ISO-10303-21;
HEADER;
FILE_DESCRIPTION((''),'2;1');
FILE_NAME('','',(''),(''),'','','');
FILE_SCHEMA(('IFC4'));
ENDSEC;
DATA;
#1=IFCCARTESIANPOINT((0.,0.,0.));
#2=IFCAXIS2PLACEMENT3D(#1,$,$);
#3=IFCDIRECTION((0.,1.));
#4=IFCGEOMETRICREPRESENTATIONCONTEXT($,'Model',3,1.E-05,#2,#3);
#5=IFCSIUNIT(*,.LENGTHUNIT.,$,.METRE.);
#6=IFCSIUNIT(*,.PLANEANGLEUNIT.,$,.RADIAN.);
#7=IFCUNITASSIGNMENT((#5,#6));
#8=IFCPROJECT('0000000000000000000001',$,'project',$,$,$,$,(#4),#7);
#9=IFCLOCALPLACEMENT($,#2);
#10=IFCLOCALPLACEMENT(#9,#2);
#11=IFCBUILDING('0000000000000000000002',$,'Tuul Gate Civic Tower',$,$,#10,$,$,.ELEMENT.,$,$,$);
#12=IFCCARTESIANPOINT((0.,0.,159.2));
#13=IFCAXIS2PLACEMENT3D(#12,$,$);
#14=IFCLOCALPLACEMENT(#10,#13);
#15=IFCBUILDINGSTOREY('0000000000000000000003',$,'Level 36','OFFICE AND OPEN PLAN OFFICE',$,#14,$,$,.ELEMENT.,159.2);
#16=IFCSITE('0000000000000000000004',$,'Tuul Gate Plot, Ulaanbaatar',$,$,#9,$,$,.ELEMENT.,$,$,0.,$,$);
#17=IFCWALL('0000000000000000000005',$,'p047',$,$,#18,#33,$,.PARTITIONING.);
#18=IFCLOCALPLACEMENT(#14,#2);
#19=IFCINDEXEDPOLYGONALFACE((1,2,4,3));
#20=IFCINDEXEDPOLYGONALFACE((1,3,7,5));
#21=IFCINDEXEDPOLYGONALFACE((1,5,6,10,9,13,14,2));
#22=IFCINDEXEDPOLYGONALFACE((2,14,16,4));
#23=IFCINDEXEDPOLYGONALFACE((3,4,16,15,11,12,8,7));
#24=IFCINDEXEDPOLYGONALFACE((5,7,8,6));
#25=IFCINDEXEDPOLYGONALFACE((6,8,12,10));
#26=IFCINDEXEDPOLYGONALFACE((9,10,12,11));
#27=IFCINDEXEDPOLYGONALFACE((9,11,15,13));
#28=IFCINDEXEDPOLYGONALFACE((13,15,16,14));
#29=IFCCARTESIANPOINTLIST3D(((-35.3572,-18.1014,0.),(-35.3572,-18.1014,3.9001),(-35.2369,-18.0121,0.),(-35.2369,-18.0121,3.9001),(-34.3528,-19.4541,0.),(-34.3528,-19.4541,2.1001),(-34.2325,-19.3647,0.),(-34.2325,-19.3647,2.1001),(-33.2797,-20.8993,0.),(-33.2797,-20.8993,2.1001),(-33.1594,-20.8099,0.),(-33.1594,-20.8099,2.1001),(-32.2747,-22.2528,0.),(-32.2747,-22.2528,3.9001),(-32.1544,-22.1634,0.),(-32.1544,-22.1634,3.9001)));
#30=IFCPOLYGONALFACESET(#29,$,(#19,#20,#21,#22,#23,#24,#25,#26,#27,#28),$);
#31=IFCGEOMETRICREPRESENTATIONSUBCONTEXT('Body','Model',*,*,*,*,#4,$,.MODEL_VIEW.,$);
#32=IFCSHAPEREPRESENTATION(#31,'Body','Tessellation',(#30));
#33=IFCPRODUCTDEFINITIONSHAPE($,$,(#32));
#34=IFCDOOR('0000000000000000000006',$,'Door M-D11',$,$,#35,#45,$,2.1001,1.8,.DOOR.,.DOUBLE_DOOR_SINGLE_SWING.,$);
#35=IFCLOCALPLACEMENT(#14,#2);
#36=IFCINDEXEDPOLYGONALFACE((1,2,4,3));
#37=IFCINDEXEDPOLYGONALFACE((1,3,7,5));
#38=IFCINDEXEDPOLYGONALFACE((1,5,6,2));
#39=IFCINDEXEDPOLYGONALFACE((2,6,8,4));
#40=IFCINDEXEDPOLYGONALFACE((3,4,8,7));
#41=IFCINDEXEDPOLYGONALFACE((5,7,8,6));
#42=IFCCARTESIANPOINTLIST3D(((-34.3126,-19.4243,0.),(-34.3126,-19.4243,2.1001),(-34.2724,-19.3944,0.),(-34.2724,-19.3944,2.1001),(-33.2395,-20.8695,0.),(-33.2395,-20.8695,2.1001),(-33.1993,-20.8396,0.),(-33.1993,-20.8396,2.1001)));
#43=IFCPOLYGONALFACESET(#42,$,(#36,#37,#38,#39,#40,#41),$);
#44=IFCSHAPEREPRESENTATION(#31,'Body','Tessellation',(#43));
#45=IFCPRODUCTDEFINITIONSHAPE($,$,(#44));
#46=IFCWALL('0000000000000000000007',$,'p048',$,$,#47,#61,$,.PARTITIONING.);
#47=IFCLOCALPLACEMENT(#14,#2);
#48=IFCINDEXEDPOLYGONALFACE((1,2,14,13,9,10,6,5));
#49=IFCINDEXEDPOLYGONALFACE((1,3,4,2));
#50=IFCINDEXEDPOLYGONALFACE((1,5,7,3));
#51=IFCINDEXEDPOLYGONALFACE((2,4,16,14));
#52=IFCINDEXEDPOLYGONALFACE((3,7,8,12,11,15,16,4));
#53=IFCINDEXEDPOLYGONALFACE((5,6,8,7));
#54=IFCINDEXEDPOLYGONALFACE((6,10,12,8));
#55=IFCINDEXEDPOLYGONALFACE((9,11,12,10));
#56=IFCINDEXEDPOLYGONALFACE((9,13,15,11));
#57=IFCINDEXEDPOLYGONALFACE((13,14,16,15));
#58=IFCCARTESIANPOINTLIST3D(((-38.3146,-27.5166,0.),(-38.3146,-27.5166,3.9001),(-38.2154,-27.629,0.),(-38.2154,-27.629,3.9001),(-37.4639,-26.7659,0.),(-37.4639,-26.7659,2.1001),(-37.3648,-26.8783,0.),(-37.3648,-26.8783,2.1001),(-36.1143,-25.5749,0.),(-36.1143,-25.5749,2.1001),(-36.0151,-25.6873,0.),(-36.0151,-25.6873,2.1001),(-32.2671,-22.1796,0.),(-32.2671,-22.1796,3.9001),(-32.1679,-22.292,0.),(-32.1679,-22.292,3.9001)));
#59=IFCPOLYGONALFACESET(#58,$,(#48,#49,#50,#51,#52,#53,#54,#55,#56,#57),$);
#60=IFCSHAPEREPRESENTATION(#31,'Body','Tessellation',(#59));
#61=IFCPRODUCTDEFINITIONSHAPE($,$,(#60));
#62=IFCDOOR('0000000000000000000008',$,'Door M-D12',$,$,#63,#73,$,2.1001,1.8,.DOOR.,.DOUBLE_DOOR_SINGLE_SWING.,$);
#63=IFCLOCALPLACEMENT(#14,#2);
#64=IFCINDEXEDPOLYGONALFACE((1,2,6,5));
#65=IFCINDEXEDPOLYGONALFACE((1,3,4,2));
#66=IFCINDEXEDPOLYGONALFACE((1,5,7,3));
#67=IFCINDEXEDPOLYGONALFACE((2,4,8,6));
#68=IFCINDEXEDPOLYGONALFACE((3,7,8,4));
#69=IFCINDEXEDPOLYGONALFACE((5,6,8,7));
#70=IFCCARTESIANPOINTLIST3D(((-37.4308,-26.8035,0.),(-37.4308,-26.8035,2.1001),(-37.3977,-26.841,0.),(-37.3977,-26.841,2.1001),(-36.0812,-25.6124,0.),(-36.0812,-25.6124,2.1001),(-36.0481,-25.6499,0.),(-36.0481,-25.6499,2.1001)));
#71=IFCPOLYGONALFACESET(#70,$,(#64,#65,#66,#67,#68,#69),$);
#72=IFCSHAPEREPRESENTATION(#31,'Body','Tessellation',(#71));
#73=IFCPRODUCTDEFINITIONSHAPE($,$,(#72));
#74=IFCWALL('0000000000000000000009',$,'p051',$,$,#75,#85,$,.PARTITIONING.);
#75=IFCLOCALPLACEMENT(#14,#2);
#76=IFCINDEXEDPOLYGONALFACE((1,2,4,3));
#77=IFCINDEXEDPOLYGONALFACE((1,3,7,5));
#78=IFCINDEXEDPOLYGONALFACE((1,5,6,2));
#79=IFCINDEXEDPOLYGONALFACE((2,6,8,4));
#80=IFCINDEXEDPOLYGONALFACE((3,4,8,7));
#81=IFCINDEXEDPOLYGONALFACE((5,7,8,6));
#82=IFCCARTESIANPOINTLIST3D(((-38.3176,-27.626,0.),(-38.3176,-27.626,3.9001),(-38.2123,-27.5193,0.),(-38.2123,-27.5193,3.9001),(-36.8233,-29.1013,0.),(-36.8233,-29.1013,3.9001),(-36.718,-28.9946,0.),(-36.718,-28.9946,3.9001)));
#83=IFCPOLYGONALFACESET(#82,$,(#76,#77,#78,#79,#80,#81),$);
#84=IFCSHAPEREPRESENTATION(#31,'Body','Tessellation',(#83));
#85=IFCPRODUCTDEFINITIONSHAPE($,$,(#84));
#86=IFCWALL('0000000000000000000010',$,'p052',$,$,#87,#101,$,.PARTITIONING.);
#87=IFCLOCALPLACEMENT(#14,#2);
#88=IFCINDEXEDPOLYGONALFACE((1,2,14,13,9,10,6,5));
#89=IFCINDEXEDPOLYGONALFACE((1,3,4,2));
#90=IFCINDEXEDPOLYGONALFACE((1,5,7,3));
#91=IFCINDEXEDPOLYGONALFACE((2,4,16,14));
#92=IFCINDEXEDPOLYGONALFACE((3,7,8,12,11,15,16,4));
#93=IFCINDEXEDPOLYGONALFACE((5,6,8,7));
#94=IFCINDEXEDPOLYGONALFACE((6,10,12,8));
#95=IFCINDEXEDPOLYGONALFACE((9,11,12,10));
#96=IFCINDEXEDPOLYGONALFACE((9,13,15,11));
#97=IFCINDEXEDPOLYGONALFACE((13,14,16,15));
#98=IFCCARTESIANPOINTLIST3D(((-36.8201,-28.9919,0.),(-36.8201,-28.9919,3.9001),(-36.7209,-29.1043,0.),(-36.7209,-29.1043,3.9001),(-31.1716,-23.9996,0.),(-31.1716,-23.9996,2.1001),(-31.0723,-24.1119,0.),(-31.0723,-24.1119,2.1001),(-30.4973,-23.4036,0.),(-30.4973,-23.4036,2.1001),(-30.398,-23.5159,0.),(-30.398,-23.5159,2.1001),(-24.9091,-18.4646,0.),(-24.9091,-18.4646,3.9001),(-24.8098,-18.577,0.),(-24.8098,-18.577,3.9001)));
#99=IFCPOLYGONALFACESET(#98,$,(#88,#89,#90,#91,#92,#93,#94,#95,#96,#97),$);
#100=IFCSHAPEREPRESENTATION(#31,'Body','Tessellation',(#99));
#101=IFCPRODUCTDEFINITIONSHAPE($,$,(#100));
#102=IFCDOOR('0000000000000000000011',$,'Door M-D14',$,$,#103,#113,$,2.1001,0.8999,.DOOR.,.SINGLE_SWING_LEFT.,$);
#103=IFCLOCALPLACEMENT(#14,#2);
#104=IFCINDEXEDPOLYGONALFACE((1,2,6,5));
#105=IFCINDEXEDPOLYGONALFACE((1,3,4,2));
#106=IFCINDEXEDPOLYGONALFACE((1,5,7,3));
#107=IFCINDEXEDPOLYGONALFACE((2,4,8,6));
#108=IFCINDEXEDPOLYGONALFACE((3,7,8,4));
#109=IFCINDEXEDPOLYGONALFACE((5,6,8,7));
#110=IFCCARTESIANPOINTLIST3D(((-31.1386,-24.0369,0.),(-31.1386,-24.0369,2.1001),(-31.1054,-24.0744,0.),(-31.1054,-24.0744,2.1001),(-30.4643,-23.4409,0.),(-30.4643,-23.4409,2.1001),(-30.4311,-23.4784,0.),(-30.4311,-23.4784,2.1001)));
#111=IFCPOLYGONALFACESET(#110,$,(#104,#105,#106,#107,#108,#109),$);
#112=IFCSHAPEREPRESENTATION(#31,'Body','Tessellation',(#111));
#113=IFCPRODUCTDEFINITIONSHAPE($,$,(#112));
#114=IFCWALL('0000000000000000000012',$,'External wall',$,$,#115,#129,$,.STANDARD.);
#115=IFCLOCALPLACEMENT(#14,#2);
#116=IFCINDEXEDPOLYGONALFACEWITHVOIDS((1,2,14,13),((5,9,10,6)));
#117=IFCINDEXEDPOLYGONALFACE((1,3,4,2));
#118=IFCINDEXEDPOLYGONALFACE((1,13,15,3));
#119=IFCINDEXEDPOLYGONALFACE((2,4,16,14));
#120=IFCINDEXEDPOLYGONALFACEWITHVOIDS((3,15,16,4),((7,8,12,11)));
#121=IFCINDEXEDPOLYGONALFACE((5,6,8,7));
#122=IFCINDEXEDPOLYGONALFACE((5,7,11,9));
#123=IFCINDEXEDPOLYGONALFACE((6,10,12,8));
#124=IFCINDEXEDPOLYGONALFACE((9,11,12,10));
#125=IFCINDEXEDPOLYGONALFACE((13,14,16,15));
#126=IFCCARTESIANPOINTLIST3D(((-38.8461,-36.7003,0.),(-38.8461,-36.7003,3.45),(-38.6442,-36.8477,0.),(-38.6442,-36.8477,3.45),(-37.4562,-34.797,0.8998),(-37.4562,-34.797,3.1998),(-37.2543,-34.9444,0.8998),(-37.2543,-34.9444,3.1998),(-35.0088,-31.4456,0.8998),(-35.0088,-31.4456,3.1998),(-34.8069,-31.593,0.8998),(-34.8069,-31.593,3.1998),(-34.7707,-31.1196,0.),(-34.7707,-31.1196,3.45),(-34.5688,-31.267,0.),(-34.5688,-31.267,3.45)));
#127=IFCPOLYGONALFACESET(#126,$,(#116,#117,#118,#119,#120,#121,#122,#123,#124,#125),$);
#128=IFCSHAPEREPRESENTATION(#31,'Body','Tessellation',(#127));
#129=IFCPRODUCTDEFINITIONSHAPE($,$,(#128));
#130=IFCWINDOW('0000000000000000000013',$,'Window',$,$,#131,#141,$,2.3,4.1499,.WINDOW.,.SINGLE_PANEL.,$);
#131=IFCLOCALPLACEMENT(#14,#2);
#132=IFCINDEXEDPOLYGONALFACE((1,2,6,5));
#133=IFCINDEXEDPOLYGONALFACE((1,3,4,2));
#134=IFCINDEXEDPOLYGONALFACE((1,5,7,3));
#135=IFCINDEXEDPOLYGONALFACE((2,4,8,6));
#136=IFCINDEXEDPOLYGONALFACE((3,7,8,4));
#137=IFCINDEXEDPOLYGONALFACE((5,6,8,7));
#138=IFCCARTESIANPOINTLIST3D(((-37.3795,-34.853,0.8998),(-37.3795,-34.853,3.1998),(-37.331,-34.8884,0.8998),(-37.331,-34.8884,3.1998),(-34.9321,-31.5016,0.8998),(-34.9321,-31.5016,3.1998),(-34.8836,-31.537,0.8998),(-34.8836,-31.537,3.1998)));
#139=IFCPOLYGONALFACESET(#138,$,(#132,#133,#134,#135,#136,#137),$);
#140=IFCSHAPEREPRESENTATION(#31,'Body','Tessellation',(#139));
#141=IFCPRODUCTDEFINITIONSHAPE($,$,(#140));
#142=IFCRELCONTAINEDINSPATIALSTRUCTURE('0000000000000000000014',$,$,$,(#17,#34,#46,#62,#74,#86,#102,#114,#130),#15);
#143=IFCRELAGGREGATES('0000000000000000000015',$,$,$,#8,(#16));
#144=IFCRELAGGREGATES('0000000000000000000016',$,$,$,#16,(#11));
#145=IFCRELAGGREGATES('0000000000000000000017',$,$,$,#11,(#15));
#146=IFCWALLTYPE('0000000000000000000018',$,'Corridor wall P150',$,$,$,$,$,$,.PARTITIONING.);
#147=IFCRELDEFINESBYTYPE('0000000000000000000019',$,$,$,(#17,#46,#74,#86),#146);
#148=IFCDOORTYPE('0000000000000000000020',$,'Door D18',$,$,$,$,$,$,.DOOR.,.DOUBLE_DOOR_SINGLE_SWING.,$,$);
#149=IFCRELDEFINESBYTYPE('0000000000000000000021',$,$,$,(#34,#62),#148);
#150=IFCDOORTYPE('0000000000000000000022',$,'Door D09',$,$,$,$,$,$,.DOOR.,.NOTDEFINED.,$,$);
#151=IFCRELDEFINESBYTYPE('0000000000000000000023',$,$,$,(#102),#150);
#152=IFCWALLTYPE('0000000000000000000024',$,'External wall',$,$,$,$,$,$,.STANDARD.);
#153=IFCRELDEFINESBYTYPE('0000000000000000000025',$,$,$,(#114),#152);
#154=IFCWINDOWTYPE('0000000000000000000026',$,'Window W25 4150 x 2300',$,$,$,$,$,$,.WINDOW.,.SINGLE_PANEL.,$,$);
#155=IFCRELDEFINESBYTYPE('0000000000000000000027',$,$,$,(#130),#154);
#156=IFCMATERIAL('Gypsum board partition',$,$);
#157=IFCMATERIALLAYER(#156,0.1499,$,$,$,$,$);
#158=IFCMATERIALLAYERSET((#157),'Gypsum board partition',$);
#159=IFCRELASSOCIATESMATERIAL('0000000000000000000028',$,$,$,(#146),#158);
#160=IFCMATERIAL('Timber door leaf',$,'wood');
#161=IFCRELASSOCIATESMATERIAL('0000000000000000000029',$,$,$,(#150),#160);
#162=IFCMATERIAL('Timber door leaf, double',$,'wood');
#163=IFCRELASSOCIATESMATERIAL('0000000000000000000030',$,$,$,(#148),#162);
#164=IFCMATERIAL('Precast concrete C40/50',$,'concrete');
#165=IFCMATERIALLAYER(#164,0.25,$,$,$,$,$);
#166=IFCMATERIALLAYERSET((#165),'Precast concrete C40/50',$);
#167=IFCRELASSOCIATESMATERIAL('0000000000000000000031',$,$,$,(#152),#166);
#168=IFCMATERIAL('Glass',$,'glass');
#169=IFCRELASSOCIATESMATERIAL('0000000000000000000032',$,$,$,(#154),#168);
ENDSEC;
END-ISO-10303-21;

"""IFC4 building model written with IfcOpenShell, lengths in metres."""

from ifc_helpers import new_model, si_unit, direction, frame, frame_2d, origin, place, context, subcontext, project, spatial, rectangle, extrude, material, layer, layer_set, type_object, element, fill, save


model = new_model("IFC4")

# Units and contexts
model_context = context("Model", 3, precision=1e-05, world=origin(), true_north=direction((0.0, 1.0)))
body_context = subcontext(model_context, "Body", "Model", "MODEL_VIEW")
ifc_project = project(units=[si_unit("LENGTHUNIT", "METRE"), si_unit("PLANEANGLEUNIT", "RADIAN")], contexts=[model_context])

# Site, building, storey
site_placement = place(None, origin())
site = spatial("IfcSite", under=ifc_project, at=site_placement, Name="Tuul Gate Plot, Ulaanbaatar", CompositionType="ELEMENT", RefElevation=0.0)
building_placement = place(site_placement, origin())
building = spatial("IfcBuilding", under=site, at=building_placement, Name="Tuul Gate Civic Tower", CompositionType="ELEMENT")
storey_placement = place(building_placement, frame((0.0, 0.0, 159.2)))
storey = spatial("IfcBuildingStorey", under=building, at=storey_placement, Name="Level 36", Description="OFFICE AND OPEN PLAN OFFICE", CompositionType="ELEMENT", Elevation=159.2)

# Shared definitions
ifc_material_1 = material(Name="Gypsum board partition")
ifc_layer_1 = layer(ifc_material_1, 0.1499)
ifc_layer_set_1 = layer_set([ifc_layer_1], Name="Gypsum board partition")
wall_type_1 = type_object("IfcWallType", Name="Corridor wall P150", PredefinedType="PARTITIONING", material=ifc_layer_set_1)
ifc_material_2 = material(Name="Timber door leaf", Category="wood")
door_type_1 = type_object("IfcDoorType", Name="Door D09", OperationType="NOTDEFINED", PredefinedType="DOOR", material=ifc_material_2)

# Walls, openings, doors
wall_1_placement = place(storey_placement, frame((-35.2971, -18.0566, 0.0), z_axis=(0.0, 0.0, 1.0), x_axis=(0.596155, -0.802869, 0.0)))
wall_1 = element("IfcWall", 1, at=wall_1_placement, inside=storey, type_object=wall_type_1, Name="p047", PredefinedType="PARTITIONING", context=body_context, shape_type="SweptSolid", body=[
    extrude(rectangle(XDim=5.1707, YDim=0.1499, at=frame_2d((2.5854, 0.0))), origin(), (0.0, 0.0, 1.0), 3.9001),
])
opening_1_placement = place(wall_1_placement, frame((1.6851, 0.0, 0.0)))
opening_1 = element("IfcOpeningElement", 2, at=opening_1_placement, cuts=wall_1, PredefinedType="OPENING", context=body_context, shape_type="SweptSolid", body=[
    extrude(rectangle(XDim=1.8, YDim=2.1001, at=frame_2d((0.8999, 1.05))), frame((0.0, 0.085, 0.0), z_axis=(0.0, -1.0, 0.0), x_axis=(1.0, 0.0, 0.0)), (0.0, 0.0, 1.0), 0.1699),
])
ifc_material_3 = material(Name="Timber door leaf, double", Category="wood")
door_type_2 = type_object("IfcDoorType", Name="Door D18", OperationType="DOUBLE_DOOR_SINGLE_SWING", PredefinedType="DOOR", material=ifc_material_3)
door_1_placement = place(opening_1_placement, frame((1.8, 0.0, 0.0), z_axis=(0.0, 0.0, 1.0), x_axis=(-1.0, 0.0, 0.0)))
door_1 = element("IfcDoor", 3, at=door_1_placement, inside=storey, type_object=door_type_2, Name="Door M-D11", OperationType="DOUBLE_DOOR_SINGLE_SWING", OverallHeight=2.1001, OverallWidth=1.8, PredefinedType="DOOR", context=body_context, shape_type="SweptSolid", body=[
    extrude(rectangle(XDim=1.8, YDim=2.1001, at=frame_2d((0.9001, 1.05))), frame((0.0, 0.0249, 0.0), z_axis=(0.0, -1.0, 0.0), x_axis=(1.0, 0.0, 0.0)), (0.0, 0.0, 1.0), 0.05),
])
fill(opening_1, door_1)
wall_2_placement = place(storey_placement, frame((-38.2649, -27.5728, 0.0), z_axis=(0.0, 0.0, 1.0), x_axis=(0.749776, 0.661692, 0.0)))
wall_2 = element("IfcWall", 4, at=wall_2_placement, inside=storey, type_object=wall_type_1, Name="p048", PredefinedType="PARTITIONING", context=body_context, shape_type="SweptSolid", body=[
    extrude(rectangle(XDim=8.0657, YDim=0.1499, at=frame_2d((4.0327, 0.0))), origin(), (0.0, 0.0, 1.0), 3.9001),
])
opening_2_placement = place(wall_2_placement, frame((1.1345, 0.0, 0.0)))
opening_2 = element("IfcOpeningElement", 5, at=opening_2_placement, cuts=wall_2, PredefinedType="OPENING", context=body_context, shape_type="SweptSolid", body=[
    extrude(rectangle(XDim=1.8, YDim=2.1001, at=frame_2d((0.8999, 1.05))), frame((0.0, 0.085, 0.0), z_axis=(0.0, -1.0, 0.0), x_axis=(1.0, 0.0, 0.0)), (0.0, 0.0, 1.0), 0.1699),
])
door_2_placement = place(opening_2_placement, origin())
door_2 = element("IfcDoor", 6, at=door_2_placement, inside=storey, type_object=door_type_2, Name="Door M-D12", OperationType="DOUBLE_DOOR_SINGLE_SWING", OverallHeight=2.1001, OverallWidth=1.8, PredefinedType="DOOR", context=body_context, shape_type="SweptSolid", body=[
    extrude(rectangle(XDim=1.8, YDim=2.1001, at=frame_2d((0.8999, 1.05))), frame((0.0, 0.0249, 0.0), z_axis=(0.0, -1.0, 0.0), x_axis=(1.0, 0.0, 0.0)), (0.0, 0.0, 1.0), 0.05),
])
fill(opening_2, door_2)

# Wall
wall_3_placement = place(storey_placement, frame((-38.2649, -27.5728, 0.0), z_axis=(0.0, 0.0, 1.0), x_axis=(0.711626, -0.702558, 0.0)))
element("IfcWall", 7, at=wall_3_placement, inside=storey, type_object=wall_type_1, Name="p051", PredefinedType="PARTITIONING", context=body_context, shape_type="SweptSolid", body=[
    extrude(rectangle(XDim=2.0999, YDim=0.1499, at=frame_2d((1.0498, 0.0))), origin(), (0.0, 0.0, 1.0), 3.9001),
])

# Wall, opening, door
wall_4_placement = place(storey_placement, frame((-36.7705, -29.0481, 0.0), z_axis=(0.0, 0.0, 1.0), x_axis=(0.749291, 0.662241, 0.0)))
wall_4 = element("IfcWall", 8, at=wall_4_placement, inside=storey, type_object=wall_type_1, Name="p052", PredefinedType="PARTITIONING", context=body_context, shape_type="SweptSolid", body=[
    extrude(rectangle(XDim=15.8965, YDim=0.1499, at=frame_2d((7.9482, 0.0))), origin(), (0.0, 0.0, 1.0), 3.9001),
])
opening_3_placement = place(wall_4_placement, frame((7.5386, 0.0, 0.0)))
opening_3 = element("IfcOpeningElement", 9, at=opening_3_placement, cuts=wall_4, PredefinedType="OPENING", context=body_context, shape_type="SweptSolid", body=[
    extrude(rectangle(XDim=0.8999, YDim=2.1001, at=frame_2d((0.45, 1.05))), frame((0.0, 0.085, 0.0), z_axis=(0.0, -1.0, 0.0), x_axis=(1.0, 0.0, 0.0)), (0.0, 0.0, 1.0), 0.1699),
])
door_3_placement = place(opening_3_placement, frame((0.8999, 0.0, 0.0), z_axis=(0.0, 0.0, 1.0), x_axis=(-1.0, 0.0, 0.0)))
door_3 = element("IfcDoor", 10, at=door_3_placement, inside=storey, type_object=door_type_1, Name="Door M-D14", OperationType="SINGLE_SWING_LEFT", OverallHeight=2.1001, OverallWidth=0.8999, PredefinedType="DOOR", context=body_context, shape_type="SweptSolid", body=[
    extrude(rectangle(XDim=0.8999, YDim=2.1001, at=frame_2d((0.45, 1.05))), frame((0.0, 0.0249, 0.0), z_axis=(0.0, -1.0, 0.0), x_axis=(1.0, 0.0, 0.0)), (0.0, 0.0, 1.0), 0.05),
])
fill(opening_3, door_3)

# Wall, opening, window
ifc_material_4 = material(Name="Precast concrete C40/50", Category="concrete")
ifc_layer_2 = layer(ifc_material_4, 0.25)
ifc_layer_set_2 = layer_set([ifc_layer_2], Name="Precast concrete C40/50")
wall_type_2 = type_object("IfcWallType", Name="External wall", PredefinedType="STANDARD", material=ifc_layer_set_2)
wall_5_placement = place(storey_placement, frame((-38.7451, -36.7739, 0.0), z_axis=(0.0, 0.0, 1.0), x_axis=(0.589748, 0.807587, 0.0)))
wall_5 = element("IfcWall", 11, at=wall_5_placement, inside=storey, type_object=wall_type_2, Name="External wall", PredefinedType="STANDARD", context=body_context, shape_type="SweptSolid", body=[
    extrude(rectangle(XDim=6.9104, YDim=0.25, at=frame_2d((3.4551, 0.0))), origin(), (0.0, 0.0, 1.0), 3.45),
])
opening_4_placement = place(wall_5_placement, frame((2.3567, 0.0, 0.8999)))
opening_4 = element("IfcOpeningElement", 12, at=opening_4_placement, cuts=wall_5, PredefinedType="OPENING", context=body_context, shape_type="SweptSolid", body=[
    extrude(rectangle(XDim=4.1499, YDim=2.3, at=frame_2d((2.075, 1.1499))), frame((0.0, 0.135, 0.0), z_axis=(0.0, -1.0, 0.0), x_axis=(1.0, 0.0, 0.0)), (0.0, 0.0, 1.0), 0.27),
])
ifc_material_5 = material(Name="Glass", Category="glass")
window_type_1 = type_object("IfcWindowType", Name="Window W25 4150 x 2300", PartitioningType="SINGLE_PANEL", PredefinedType="WINDOW", material=ifc_material_5)
window_1_placement = place(opening_4_placement, origin())
window_1 = element("IfcWindow", 13, at=window_1_placement, inside=storey, type_object=window_type_1, Name="Window", OverallHeight=2.3, OverallWidth=4.1499, PartitioningType="SINGLE_PANEL", PredefinedType="WINDOW", context=body_context, shape_type="SweptSolid", body=[
    extrude(rectangle(XDim=4.1499, YDim=2.3, at=frame_2d((2.075, 1.1499))), frame((0.0, 0.03, 0.0), z_axis=(0.0, -1.0, 0.0), x_axis=(1.0, 0.0, 0.0)), (0.0, 0.0, 1.0), 0.0601),
])
fill(opening_4, window_1)

save(model, "model.ifc")
